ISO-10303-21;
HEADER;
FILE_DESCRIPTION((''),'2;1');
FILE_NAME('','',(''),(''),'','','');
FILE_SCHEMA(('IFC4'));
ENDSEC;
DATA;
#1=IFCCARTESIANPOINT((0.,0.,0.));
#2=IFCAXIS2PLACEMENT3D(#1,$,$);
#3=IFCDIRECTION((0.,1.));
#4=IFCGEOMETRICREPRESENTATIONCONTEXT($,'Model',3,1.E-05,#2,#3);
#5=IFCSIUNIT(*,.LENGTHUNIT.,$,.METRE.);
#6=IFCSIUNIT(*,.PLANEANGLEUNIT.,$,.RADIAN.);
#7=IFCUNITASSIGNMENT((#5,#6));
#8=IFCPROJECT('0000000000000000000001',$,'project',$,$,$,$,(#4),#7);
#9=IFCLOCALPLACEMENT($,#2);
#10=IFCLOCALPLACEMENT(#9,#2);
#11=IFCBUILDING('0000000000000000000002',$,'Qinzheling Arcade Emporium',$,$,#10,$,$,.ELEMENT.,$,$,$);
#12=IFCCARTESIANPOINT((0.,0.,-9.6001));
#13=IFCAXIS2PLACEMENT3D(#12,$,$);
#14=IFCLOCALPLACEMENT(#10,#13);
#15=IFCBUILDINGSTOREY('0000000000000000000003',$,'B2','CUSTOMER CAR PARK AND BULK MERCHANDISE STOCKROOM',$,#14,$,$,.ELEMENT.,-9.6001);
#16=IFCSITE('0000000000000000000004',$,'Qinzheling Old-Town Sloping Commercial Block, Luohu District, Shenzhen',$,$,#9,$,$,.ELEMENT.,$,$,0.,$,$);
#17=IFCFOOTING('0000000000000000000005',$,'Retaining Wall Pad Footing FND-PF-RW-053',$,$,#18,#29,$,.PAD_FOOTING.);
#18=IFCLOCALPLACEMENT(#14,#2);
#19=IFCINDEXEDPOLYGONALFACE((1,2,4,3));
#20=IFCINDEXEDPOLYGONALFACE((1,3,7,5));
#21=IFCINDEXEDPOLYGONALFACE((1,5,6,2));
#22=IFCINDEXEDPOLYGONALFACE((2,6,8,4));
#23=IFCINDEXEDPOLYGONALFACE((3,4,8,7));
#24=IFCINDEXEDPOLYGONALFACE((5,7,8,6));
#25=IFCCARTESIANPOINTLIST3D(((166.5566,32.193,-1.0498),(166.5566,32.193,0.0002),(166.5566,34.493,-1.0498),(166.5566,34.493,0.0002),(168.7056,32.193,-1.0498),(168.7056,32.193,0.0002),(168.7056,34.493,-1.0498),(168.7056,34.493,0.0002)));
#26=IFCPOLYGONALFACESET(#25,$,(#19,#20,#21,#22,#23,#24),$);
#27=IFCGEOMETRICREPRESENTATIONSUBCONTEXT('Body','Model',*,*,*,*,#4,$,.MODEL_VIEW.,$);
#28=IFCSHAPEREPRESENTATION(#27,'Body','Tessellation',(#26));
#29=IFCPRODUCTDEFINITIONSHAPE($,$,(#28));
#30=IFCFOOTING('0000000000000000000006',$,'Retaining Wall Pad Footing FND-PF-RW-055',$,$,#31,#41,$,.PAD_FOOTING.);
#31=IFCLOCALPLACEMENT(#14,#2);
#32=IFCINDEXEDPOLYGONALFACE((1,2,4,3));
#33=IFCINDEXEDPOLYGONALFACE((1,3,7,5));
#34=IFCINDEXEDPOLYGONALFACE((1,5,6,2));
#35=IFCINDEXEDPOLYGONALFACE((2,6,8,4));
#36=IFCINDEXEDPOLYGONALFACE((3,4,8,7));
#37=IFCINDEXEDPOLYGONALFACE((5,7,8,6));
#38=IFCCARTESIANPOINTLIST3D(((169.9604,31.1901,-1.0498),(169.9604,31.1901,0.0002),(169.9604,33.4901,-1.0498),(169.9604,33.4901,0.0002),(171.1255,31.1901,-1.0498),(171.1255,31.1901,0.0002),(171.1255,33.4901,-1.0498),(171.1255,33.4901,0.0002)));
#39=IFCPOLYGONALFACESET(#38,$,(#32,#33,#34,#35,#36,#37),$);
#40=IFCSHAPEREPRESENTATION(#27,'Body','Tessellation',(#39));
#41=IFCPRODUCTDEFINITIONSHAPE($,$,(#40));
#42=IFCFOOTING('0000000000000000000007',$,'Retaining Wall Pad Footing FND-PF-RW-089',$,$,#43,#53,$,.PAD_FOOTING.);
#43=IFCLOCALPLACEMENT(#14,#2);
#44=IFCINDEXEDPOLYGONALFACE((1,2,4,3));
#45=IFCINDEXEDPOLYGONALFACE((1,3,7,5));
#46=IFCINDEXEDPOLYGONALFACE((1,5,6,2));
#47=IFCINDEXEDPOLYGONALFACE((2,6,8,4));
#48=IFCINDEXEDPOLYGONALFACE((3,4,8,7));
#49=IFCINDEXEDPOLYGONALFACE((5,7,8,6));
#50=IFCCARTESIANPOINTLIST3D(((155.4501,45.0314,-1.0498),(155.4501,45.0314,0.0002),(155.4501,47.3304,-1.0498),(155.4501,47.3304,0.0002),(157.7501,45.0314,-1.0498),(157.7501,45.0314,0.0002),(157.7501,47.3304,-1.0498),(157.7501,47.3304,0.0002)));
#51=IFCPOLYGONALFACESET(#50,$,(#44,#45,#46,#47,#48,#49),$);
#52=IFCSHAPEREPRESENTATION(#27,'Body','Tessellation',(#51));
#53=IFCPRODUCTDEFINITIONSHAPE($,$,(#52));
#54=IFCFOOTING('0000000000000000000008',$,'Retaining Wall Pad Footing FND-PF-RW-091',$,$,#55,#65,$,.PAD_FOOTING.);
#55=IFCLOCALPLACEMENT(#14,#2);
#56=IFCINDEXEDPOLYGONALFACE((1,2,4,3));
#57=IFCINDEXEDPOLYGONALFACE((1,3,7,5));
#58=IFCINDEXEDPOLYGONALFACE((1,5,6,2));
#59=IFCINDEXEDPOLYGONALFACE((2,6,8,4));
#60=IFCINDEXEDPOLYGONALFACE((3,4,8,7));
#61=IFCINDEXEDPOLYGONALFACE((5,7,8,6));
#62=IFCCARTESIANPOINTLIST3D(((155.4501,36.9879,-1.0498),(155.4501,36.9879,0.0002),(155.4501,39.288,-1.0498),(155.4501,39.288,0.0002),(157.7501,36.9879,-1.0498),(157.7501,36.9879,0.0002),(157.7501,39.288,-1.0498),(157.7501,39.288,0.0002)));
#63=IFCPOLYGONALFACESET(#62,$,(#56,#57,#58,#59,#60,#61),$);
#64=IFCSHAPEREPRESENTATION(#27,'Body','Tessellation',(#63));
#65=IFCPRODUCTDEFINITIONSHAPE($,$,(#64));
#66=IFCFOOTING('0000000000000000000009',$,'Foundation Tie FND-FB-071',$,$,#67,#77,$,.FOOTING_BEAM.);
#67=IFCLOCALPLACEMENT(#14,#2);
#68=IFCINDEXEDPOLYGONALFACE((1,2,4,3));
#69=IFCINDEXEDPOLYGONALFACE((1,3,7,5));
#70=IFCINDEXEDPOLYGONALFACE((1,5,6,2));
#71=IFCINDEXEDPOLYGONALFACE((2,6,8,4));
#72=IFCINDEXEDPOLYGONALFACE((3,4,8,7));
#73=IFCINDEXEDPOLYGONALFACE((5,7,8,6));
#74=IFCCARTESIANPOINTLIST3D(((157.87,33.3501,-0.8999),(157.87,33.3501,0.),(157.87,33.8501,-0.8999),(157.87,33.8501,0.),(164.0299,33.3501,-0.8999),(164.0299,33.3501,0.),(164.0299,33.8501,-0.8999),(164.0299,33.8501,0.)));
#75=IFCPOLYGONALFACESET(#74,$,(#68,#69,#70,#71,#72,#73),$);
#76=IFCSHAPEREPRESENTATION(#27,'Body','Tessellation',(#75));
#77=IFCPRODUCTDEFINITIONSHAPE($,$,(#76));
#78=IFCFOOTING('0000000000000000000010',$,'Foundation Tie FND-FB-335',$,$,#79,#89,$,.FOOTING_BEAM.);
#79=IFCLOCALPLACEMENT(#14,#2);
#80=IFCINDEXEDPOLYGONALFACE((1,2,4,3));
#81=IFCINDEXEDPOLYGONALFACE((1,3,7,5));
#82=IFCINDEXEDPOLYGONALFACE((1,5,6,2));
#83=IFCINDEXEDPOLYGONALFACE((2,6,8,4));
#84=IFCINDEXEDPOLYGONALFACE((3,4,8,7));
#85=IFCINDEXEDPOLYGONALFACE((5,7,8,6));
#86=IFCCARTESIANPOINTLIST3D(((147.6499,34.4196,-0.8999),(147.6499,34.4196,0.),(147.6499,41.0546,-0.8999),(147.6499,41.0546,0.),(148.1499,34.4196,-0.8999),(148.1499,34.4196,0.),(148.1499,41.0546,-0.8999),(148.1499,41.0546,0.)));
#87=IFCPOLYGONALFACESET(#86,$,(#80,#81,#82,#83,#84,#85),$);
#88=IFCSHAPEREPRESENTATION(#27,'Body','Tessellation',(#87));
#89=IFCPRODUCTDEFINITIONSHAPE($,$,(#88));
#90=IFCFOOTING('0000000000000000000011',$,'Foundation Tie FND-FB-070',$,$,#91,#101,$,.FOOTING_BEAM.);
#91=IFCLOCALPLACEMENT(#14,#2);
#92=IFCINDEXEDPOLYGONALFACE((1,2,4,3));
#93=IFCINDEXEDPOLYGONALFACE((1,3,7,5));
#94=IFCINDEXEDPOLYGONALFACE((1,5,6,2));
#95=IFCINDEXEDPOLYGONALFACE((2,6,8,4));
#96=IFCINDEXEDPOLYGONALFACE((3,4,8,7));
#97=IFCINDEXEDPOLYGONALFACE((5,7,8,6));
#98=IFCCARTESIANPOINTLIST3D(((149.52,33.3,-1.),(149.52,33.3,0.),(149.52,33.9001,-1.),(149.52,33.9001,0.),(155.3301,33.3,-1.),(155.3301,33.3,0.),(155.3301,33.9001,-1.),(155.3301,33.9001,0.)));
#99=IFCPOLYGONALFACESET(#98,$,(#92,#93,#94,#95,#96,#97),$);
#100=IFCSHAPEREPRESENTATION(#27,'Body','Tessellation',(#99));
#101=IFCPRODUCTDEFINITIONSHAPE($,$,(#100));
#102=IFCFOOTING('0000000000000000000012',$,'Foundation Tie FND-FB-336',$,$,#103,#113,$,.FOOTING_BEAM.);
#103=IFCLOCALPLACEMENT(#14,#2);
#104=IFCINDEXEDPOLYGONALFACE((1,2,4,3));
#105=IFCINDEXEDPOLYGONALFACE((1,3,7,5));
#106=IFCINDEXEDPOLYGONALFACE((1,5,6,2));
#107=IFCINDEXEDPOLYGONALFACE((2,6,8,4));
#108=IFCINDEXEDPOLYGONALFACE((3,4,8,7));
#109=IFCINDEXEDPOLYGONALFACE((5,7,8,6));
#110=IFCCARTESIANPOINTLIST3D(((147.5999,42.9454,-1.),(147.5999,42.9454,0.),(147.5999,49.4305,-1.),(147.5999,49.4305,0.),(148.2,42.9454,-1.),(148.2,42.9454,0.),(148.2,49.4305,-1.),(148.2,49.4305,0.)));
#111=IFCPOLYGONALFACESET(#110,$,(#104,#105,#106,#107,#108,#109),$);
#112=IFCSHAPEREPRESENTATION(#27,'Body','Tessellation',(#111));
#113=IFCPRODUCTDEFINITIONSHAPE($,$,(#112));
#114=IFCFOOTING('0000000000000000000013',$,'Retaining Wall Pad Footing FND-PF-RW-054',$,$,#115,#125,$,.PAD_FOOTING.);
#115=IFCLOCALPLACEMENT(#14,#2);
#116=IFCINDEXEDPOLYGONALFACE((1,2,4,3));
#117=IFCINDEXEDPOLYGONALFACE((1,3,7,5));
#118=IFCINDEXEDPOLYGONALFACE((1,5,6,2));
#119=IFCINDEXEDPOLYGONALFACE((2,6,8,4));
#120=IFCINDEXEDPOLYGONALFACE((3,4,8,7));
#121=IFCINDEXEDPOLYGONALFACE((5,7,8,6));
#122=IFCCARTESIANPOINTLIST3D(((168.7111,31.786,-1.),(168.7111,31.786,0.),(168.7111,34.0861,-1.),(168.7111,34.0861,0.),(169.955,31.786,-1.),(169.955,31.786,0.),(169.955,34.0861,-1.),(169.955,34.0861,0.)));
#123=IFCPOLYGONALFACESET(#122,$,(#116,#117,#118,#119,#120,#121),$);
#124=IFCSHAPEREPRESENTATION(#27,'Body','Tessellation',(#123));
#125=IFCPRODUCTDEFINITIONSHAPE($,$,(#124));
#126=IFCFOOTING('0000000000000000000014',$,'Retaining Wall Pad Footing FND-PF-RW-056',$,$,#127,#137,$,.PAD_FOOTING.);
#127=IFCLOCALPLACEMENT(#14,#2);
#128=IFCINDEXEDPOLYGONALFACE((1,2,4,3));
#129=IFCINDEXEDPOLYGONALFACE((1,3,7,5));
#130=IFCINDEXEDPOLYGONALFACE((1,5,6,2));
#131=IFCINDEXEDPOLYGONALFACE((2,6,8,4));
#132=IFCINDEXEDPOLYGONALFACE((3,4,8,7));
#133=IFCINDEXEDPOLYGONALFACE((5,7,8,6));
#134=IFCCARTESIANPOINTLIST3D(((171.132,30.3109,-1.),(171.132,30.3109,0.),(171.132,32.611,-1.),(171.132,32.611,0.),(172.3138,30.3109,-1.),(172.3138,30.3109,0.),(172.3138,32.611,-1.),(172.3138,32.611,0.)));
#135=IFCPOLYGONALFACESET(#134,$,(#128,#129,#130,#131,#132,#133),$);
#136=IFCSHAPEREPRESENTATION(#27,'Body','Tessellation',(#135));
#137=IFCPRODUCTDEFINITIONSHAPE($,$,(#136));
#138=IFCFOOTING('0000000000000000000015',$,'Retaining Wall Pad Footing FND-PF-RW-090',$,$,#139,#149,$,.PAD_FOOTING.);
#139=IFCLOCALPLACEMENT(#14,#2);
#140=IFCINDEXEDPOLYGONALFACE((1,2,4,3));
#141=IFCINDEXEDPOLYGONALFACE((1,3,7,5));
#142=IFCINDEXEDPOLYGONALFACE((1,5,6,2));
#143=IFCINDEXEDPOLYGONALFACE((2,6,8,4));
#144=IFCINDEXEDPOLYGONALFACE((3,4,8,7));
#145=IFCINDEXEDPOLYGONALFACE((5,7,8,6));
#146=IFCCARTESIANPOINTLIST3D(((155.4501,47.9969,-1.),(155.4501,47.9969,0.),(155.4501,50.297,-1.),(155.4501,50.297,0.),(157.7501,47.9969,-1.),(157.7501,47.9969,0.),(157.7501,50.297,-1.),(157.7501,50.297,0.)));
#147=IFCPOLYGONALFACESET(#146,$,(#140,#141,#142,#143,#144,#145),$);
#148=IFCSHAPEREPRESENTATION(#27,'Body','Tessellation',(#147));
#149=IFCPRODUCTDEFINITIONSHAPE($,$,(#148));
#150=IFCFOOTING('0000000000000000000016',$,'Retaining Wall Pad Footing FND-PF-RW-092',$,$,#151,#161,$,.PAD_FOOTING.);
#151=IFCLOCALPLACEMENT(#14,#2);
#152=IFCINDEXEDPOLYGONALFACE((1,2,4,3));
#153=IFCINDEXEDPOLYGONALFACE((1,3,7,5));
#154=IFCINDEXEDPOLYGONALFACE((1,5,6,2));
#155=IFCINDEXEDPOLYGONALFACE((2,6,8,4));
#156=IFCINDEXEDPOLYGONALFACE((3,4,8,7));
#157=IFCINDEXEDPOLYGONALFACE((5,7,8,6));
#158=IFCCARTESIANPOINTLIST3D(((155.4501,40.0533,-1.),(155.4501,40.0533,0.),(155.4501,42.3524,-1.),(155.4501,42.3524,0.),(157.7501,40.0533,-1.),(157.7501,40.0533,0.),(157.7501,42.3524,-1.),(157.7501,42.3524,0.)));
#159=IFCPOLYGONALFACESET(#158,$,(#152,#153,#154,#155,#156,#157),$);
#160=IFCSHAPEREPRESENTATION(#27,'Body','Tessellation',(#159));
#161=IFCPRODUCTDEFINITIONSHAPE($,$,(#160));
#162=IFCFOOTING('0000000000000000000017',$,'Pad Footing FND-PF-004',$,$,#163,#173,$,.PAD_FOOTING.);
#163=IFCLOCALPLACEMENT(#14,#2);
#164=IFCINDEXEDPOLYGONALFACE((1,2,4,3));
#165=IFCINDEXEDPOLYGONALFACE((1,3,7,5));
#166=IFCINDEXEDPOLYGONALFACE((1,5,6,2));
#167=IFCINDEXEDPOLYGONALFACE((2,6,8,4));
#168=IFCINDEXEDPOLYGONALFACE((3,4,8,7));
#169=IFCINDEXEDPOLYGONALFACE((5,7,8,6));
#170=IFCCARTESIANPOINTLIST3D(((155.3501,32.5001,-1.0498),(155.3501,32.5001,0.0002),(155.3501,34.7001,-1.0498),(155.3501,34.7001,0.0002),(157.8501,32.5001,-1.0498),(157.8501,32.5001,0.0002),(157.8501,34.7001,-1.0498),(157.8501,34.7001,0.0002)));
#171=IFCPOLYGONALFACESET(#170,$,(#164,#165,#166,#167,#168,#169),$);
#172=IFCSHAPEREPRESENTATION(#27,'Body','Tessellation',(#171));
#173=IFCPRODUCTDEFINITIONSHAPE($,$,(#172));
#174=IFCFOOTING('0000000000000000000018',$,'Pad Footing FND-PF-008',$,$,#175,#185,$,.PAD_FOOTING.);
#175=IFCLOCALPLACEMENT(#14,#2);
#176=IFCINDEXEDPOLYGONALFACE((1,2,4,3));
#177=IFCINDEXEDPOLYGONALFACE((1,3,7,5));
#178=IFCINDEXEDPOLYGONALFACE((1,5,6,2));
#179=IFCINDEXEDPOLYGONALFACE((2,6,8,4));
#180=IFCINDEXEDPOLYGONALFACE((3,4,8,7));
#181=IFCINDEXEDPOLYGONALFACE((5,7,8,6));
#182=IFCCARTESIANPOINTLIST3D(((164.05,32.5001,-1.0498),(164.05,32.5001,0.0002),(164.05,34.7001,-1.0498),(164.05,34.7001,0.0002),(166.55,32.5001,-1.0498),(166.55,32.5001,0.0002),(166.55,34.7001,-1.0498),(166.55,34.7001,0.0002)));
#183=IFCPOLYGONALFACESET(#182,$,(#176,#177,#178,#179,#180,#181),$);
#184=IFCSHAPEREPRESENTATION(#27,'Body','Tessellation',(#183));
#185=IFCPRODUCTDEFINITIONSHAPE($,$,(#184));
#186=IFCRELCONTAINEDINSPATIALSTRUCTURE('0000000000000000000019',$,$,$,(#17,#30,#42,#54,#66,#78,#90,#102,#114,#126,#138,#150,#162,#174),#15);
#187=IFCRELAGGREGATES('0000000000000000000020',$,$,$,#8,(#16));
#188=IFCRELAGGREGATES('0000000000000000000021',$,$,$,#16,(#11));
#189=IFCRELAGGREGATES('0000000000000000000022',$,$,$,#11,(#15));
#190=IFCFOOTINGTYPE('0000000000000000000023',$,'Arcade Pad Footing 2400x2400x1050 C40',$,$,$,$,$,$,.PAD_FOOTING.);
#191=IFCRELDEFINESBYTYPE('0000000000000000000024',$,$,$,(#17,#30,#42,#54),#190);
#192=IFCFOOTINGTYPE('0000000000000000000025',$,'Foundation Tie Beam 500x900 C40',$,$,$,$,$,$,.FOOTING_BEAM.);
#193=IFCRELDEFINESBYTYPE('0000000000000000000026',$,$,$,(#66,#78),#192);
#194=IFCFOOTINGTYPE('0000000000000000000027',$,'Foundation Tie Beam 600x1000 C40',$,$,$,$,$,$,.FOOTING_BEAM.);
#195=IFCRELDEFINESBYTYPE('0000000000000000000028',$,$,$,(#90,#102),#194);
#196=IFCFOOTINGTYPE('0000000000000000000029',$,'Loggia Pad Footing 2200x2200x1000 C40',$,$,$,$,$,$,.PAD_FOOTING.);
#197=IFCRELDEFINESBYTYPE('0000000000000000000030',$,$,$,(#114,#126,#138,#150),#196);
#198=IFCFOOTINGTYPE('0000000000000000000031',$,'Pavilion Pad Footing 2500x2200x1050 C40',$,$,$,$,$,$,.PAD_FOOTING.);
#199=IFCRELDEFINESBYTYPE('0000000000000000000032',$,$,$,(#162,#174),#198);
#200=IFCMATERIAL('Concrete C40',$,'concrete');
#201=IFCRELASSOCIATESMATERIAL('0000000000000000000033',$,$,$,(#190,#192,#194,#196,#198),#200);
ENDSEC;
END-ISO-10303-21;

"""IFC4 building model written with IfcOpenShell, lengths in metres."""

from ifc_helpers import new_model, si_unit, direction, frame, origin, origin_2d, place, context, subcontext, project, spatial, rectangle, extrude, material, type_object, element, save


model = new_model("IFC4")

# Units and contexts
model_context = context("Model", 3, precision=1e-05, world=origin(), true_north=direction((0.0, 1.0)))
body_context = subcontext(model_context, "Body", "Model", "MODEL_VIEW")
ifc_project = project(units=[si_unit("LENGTHUNIT", "METRE"), si_unit("PLANEANGLEUNIT", "RADIAN")], contexts=[model_context])

# Site, building, storey
site_placement = place(None, origin())
site = spatial("IfcSite", under=ifc_project, at=site_placement, Name="Qinzheling Old-Town Sloping Commercial Block, Luohu District, Shenzhen", CompositionType="ELEMENT", RefElevation=0.0)
building_placement = place(site_placement, origin())
building = spatial("IfcBuilding", under=site, at=building_placement, Name="Qinzheling Arcade Emporium", CompositionType="ELEMENT")
storey_placement = place(building_placement, frame((0.0, 0.0, -9.6001)))
storey = spatial("IfcBuildingStorey", under=building, at=storey_placement, Name="B2", Description="CUSTOMER CAR PARK AND BULK MERCHANDISE STOCKROOM", CompositionType="ELEMENT", Elevation=-9.6001)

# Footings
ifc_material_1 = material(Name="Concrete C40", Category="concrete")
footing_type_1 = type_object("IfcFootingType", Name="Arcade Pad Footing 2400x2400x1050 C40", PredefinedType="PAD_FOOTING", material=ifc_material_1)
footing_1_placement = place(storey_placement, frame((167.6311, 33.343, -1.0498), z_axis=(0.0, 0.0, 1.0), x_axis=(1.0, 0.0, 0.0)))
element("IfcFooting", 1, at=footing_1_placement, inside=storey, type_object=footing_type_1, Name="Retaining Wall Pad Footing FND-PF-RW-053", PredefinedType="PAD_FOOTING", context=body_context, shape_type="SweptSolid", body=[
    extrude(rectangle(XDim=2.1489, YDim=2.3, at=origin_2d()), origin(), (0.0, 0.0, 1.0), 1.05),
])
footing_2_placement = place(storey_placement, frame((170.543, 32.3401, -1.0498), z_axis=(0.0, 0.0, 1.0), x_axis=(1.0, 0.0, 0.0)))
element("IfcFooting", 2, at=footing_2_placement, inside=storey, type_object=footing_type_1, Name="Retaining Wall Pad Footing FND-PF-RW-055", PredefinedType="PAD_FOOTING", context=body_context, shape_type="SweptSolid", body=[
    extrude(rectangle(XDim=1.165, YDim=2.3, at=origin_2d()), origin(), (0.0, 0.0, 1.0), 1.05),
])
footing_3_placement = place(storey_placement, frame((156.6001, 46.1809, -1.0498), z_axis=(0.0, 0.0, 1.0), x_axis=(1.0, 0.0, 0.0)))
element("IfcFooting", 3, at=footing_3_placement, inside=storey, type_object=footing_type_1, Name="Retaining Wall Pad Footing FND-PF-RW-089", PredefinedType="PAD_FOOTING", context=body_context, shape_type="SweptSolid", body=[
    extrude(rectangle(XDim=2.3, YDim=2.2991, at=origin_2d()), origin(), (0.0, 0.0, 1.0), 1.05),
])
footing_4_placement = place(storey_placement, frame((156.6001, 38.1379, -1.0498), z_axis=(0.0, 0.0, 1.0), x_axis=(1.0, 0.0, 0.0)))
element("IfcFooting", 4, at=footing_4_placement, inside=storey, type_object=footing_type_1, Name="Retaining Wall Pad Footing FND-PF-RW-091", PredefinedType="PAD_FOOTING", context=body_context, shape_type="SweptSolid", body=[
    extrude(rectangle(XDim=2.3, YDim=2.3, at=origin_2d()), origin(), (0.0, 0.0, 1.0), 1.05),
])
footing_type_2 = type_object("IfcFootingType", Name="Foundation Tie Beam 500x900 C40", PredefinedType="FOOTING_BEAM", material=ifc_material_1)
footing_5_placement = place(storey_placement, frame((160.95, 33.6001, -0.8999), z_axis=(0.0, 0.0, 1.0), x_axis=(1.0, 0.0, 0.0)))
element("IfcFooting", 5, at=footing_5_placement, inside=storey, type_object=footing_type_2, Name="Foundation Tie FND-FB-071", PredefinedType="FOOTING_BEAM", context=body_context, shape_type="SweptSolid", body=[
    extrude(rectangle(XDim=6.1599, YDim=0.5, at=origin_2d()), origin(), (0.0, 0.0, 1.0), 0.8999),
])
footing_6_placement = place(storey_placement, frame((147.8999, 37.7371, -0.8999), z_axis=(0.0, 0.0, 1.0), x_axis=(1.0, 0.0, 0.0)))
element("IfcFooting", 6, at=footing_6_placement, inside=storey, type_object=footing_type_2, Name="Foundation Tie FND-FB-335", PredefinedType="FOOTING_BEAM", context=body_context, shape_type="SweptSolid", body=[
    extrude(rectangle(XDim=0.5, YDim=6.635, at=origin_2d()), origin(), (0.0, 0.0, 1.0), 0.8999),
])
footing_type_3 = type_object("IfcFootingType", Name="Foundation Tie Beam 600x1000 C40", PredefinedType="FOOTING_BEAM", material=ifc_material_1)
footing_7_placement = place(storey_placement, frame((152.425, 33.6001, -1.0), z_axis=(0.0, 0.0, 1.0), x_axis=(1.0, 0.0, 0.0)))
element("IfcFooting", 7, at=footing_7_placement, inside=storey, type_object=footing_type_3, Name="Foundation Tie FND-FB-070", PredefinedType="FOOTING_BEAM", context=body_context, shape_type="SweptSolid", body=[
    extrude(rectangle(XDim=5.8101, YDim=0.6001, at=origin_2d()), origin(), (0.0, 0.0, 1.0), 1.0),
])
footing_8_placement = place(storey_placement, frame((147.8999, 46.188, -1.0), z_axis=(0.0, 0.0, 1.0), x_axis=(1.0, 0.0, 0.0)))
element("IfcFooting", 8, at=footing_8_placement, inside=storey, type_object=footing_type_3, Name="Foundation Tie FND-FB-336", PredefinedType="FOOTING_BEAM", context=body_context, shape_type="SweptSolid", body=[
    extrude(rectangle(XDim=0.6001, YDim=6.4851, at=origin_2d()), origin(), (0.0, 0.0, 1.0), 1.0),
])
footing_type_4 = type_object("IfcFootingType", Name="Loggia Pad Footing 2200x2200x1000 C40", PredefinedType="PAD_FOOTING", material=ifc_material_1)
footing_9_placement = place(storey_placement, frame((169.333, 32.936, -1.0), z_axis=(0.0, 0.0, 1.0), x_axis=(1.0, 0.0, 0.0)))
element("IfcFooting", 9, at=footing_9_placement, inside=storey, type_object=footing_type_4, Name="Retaining Wall Pad Footing FND-PF-RW-054", PredefinedType="PAD_FOOTING", context=body_context, shape_type="SweptSolid", body=[
    extrude(rectangle(XDim=1.2439, YDim=2.3, at=origin_2d()), origin(), (0.0, 0.0, 1.0), 1.0),
])
footing_10_placement = place(storey_placement, frame((171.7229, 31.4609, -1.0), z_axis=(0.0, 0.0, 1.0), x_axis=(1.0, 0.0, 0.0)))
element("IfcFooting", 10, at=footing_10_placement, inside=storey, type_object=footing_type_4, Name="Retaining Wall Pad Footing FND-PF-RW-056", PredefinedType="PAD_FOOTING", context=body_context, shape_type="SweptSolid", body=[
    extrude(rectangle(XDim=1.1819, YDim=2.3, at=origin_2d()), origin(), (0.0, 0.0, 1.0), 1.0),
])
footing_11_placement = place(storey_placement, frame((156.6001, 49.147, -1.0), z_axis=(0.0, 0.0, 1.0), x_axis=(1.0, 0.0, 0.0)))
element("IfcFooting", 11, at=footing_11_placement, inside=storey, type_object=footing_type_4, Name="Retaining Wall Pad Footing FND-PF-RW-090", PredefinedType="PAD_FOOTING", context=body_context, shape_type="SweptSolid", body=[
    extrude(rectangle(XDim=2.3, YDim=2.3, at=origin_2d()), origin(), (0.0, 0.0, 1.0), 1.0),
])
footing_12_placement = place(storey_placement, frame((156.6001, 41.2029, -1.0), z_axis=(0.0, 0.0, 1.0), x_axis=(1.0, 0.0, 0.0)))
element("IfcFooting", 12, at=footing_12_placement, inside=storey, type_object=footing_type_4, Name="Retaining Wall Pad Footing FND-PF-RW-092", PredefinedType="PAD_FOOTING", context=body_context, shape_type="SweptSolid", body=[
    extrude(rectangle(XDim=2.3, YDim=2.2991, at=origin_2d()), origin(), (0.0, 0.0, 1.0), 1.0),
])
footing_type_5 = type_object("IfcFootingType", Name="Pavilion Pad Footing 2500x2200x1050 C40", PredefinedType="PAD_FOOTING", material=ifc_material_1)
for number, where, z_axis, x_axis, name in (
    (13, (156.6001, 33.6001, -1.0498), (0.0, 0.0, 1.0), (1.0, 0.0, 0.0), "Pad Footing FND-PF-004"),
    (14, (165.3, 33.6001, -1.0498), (0.0, 0.0, 1.0), (1.0, 0.0, 0.0), "Pad Footing FND-PF-008"),
):
    element("IfcFooting", number, at=place(storey_placement, frame(where, z_axis=z_axis, x_axis=x_axis)), inside=storey, type_object=footing_type_5, Name=name, PredefinedType="PAD_FOOTING", context=body_context, shape_type="SweptSolid", body=[
        extrude(rectangle(XDim=2.5, YDim=2.2, at=origin_2d()), origin(), (0.0, 0.0, 1.0), 1.05),
    ])

save(model, "model.ifc")
